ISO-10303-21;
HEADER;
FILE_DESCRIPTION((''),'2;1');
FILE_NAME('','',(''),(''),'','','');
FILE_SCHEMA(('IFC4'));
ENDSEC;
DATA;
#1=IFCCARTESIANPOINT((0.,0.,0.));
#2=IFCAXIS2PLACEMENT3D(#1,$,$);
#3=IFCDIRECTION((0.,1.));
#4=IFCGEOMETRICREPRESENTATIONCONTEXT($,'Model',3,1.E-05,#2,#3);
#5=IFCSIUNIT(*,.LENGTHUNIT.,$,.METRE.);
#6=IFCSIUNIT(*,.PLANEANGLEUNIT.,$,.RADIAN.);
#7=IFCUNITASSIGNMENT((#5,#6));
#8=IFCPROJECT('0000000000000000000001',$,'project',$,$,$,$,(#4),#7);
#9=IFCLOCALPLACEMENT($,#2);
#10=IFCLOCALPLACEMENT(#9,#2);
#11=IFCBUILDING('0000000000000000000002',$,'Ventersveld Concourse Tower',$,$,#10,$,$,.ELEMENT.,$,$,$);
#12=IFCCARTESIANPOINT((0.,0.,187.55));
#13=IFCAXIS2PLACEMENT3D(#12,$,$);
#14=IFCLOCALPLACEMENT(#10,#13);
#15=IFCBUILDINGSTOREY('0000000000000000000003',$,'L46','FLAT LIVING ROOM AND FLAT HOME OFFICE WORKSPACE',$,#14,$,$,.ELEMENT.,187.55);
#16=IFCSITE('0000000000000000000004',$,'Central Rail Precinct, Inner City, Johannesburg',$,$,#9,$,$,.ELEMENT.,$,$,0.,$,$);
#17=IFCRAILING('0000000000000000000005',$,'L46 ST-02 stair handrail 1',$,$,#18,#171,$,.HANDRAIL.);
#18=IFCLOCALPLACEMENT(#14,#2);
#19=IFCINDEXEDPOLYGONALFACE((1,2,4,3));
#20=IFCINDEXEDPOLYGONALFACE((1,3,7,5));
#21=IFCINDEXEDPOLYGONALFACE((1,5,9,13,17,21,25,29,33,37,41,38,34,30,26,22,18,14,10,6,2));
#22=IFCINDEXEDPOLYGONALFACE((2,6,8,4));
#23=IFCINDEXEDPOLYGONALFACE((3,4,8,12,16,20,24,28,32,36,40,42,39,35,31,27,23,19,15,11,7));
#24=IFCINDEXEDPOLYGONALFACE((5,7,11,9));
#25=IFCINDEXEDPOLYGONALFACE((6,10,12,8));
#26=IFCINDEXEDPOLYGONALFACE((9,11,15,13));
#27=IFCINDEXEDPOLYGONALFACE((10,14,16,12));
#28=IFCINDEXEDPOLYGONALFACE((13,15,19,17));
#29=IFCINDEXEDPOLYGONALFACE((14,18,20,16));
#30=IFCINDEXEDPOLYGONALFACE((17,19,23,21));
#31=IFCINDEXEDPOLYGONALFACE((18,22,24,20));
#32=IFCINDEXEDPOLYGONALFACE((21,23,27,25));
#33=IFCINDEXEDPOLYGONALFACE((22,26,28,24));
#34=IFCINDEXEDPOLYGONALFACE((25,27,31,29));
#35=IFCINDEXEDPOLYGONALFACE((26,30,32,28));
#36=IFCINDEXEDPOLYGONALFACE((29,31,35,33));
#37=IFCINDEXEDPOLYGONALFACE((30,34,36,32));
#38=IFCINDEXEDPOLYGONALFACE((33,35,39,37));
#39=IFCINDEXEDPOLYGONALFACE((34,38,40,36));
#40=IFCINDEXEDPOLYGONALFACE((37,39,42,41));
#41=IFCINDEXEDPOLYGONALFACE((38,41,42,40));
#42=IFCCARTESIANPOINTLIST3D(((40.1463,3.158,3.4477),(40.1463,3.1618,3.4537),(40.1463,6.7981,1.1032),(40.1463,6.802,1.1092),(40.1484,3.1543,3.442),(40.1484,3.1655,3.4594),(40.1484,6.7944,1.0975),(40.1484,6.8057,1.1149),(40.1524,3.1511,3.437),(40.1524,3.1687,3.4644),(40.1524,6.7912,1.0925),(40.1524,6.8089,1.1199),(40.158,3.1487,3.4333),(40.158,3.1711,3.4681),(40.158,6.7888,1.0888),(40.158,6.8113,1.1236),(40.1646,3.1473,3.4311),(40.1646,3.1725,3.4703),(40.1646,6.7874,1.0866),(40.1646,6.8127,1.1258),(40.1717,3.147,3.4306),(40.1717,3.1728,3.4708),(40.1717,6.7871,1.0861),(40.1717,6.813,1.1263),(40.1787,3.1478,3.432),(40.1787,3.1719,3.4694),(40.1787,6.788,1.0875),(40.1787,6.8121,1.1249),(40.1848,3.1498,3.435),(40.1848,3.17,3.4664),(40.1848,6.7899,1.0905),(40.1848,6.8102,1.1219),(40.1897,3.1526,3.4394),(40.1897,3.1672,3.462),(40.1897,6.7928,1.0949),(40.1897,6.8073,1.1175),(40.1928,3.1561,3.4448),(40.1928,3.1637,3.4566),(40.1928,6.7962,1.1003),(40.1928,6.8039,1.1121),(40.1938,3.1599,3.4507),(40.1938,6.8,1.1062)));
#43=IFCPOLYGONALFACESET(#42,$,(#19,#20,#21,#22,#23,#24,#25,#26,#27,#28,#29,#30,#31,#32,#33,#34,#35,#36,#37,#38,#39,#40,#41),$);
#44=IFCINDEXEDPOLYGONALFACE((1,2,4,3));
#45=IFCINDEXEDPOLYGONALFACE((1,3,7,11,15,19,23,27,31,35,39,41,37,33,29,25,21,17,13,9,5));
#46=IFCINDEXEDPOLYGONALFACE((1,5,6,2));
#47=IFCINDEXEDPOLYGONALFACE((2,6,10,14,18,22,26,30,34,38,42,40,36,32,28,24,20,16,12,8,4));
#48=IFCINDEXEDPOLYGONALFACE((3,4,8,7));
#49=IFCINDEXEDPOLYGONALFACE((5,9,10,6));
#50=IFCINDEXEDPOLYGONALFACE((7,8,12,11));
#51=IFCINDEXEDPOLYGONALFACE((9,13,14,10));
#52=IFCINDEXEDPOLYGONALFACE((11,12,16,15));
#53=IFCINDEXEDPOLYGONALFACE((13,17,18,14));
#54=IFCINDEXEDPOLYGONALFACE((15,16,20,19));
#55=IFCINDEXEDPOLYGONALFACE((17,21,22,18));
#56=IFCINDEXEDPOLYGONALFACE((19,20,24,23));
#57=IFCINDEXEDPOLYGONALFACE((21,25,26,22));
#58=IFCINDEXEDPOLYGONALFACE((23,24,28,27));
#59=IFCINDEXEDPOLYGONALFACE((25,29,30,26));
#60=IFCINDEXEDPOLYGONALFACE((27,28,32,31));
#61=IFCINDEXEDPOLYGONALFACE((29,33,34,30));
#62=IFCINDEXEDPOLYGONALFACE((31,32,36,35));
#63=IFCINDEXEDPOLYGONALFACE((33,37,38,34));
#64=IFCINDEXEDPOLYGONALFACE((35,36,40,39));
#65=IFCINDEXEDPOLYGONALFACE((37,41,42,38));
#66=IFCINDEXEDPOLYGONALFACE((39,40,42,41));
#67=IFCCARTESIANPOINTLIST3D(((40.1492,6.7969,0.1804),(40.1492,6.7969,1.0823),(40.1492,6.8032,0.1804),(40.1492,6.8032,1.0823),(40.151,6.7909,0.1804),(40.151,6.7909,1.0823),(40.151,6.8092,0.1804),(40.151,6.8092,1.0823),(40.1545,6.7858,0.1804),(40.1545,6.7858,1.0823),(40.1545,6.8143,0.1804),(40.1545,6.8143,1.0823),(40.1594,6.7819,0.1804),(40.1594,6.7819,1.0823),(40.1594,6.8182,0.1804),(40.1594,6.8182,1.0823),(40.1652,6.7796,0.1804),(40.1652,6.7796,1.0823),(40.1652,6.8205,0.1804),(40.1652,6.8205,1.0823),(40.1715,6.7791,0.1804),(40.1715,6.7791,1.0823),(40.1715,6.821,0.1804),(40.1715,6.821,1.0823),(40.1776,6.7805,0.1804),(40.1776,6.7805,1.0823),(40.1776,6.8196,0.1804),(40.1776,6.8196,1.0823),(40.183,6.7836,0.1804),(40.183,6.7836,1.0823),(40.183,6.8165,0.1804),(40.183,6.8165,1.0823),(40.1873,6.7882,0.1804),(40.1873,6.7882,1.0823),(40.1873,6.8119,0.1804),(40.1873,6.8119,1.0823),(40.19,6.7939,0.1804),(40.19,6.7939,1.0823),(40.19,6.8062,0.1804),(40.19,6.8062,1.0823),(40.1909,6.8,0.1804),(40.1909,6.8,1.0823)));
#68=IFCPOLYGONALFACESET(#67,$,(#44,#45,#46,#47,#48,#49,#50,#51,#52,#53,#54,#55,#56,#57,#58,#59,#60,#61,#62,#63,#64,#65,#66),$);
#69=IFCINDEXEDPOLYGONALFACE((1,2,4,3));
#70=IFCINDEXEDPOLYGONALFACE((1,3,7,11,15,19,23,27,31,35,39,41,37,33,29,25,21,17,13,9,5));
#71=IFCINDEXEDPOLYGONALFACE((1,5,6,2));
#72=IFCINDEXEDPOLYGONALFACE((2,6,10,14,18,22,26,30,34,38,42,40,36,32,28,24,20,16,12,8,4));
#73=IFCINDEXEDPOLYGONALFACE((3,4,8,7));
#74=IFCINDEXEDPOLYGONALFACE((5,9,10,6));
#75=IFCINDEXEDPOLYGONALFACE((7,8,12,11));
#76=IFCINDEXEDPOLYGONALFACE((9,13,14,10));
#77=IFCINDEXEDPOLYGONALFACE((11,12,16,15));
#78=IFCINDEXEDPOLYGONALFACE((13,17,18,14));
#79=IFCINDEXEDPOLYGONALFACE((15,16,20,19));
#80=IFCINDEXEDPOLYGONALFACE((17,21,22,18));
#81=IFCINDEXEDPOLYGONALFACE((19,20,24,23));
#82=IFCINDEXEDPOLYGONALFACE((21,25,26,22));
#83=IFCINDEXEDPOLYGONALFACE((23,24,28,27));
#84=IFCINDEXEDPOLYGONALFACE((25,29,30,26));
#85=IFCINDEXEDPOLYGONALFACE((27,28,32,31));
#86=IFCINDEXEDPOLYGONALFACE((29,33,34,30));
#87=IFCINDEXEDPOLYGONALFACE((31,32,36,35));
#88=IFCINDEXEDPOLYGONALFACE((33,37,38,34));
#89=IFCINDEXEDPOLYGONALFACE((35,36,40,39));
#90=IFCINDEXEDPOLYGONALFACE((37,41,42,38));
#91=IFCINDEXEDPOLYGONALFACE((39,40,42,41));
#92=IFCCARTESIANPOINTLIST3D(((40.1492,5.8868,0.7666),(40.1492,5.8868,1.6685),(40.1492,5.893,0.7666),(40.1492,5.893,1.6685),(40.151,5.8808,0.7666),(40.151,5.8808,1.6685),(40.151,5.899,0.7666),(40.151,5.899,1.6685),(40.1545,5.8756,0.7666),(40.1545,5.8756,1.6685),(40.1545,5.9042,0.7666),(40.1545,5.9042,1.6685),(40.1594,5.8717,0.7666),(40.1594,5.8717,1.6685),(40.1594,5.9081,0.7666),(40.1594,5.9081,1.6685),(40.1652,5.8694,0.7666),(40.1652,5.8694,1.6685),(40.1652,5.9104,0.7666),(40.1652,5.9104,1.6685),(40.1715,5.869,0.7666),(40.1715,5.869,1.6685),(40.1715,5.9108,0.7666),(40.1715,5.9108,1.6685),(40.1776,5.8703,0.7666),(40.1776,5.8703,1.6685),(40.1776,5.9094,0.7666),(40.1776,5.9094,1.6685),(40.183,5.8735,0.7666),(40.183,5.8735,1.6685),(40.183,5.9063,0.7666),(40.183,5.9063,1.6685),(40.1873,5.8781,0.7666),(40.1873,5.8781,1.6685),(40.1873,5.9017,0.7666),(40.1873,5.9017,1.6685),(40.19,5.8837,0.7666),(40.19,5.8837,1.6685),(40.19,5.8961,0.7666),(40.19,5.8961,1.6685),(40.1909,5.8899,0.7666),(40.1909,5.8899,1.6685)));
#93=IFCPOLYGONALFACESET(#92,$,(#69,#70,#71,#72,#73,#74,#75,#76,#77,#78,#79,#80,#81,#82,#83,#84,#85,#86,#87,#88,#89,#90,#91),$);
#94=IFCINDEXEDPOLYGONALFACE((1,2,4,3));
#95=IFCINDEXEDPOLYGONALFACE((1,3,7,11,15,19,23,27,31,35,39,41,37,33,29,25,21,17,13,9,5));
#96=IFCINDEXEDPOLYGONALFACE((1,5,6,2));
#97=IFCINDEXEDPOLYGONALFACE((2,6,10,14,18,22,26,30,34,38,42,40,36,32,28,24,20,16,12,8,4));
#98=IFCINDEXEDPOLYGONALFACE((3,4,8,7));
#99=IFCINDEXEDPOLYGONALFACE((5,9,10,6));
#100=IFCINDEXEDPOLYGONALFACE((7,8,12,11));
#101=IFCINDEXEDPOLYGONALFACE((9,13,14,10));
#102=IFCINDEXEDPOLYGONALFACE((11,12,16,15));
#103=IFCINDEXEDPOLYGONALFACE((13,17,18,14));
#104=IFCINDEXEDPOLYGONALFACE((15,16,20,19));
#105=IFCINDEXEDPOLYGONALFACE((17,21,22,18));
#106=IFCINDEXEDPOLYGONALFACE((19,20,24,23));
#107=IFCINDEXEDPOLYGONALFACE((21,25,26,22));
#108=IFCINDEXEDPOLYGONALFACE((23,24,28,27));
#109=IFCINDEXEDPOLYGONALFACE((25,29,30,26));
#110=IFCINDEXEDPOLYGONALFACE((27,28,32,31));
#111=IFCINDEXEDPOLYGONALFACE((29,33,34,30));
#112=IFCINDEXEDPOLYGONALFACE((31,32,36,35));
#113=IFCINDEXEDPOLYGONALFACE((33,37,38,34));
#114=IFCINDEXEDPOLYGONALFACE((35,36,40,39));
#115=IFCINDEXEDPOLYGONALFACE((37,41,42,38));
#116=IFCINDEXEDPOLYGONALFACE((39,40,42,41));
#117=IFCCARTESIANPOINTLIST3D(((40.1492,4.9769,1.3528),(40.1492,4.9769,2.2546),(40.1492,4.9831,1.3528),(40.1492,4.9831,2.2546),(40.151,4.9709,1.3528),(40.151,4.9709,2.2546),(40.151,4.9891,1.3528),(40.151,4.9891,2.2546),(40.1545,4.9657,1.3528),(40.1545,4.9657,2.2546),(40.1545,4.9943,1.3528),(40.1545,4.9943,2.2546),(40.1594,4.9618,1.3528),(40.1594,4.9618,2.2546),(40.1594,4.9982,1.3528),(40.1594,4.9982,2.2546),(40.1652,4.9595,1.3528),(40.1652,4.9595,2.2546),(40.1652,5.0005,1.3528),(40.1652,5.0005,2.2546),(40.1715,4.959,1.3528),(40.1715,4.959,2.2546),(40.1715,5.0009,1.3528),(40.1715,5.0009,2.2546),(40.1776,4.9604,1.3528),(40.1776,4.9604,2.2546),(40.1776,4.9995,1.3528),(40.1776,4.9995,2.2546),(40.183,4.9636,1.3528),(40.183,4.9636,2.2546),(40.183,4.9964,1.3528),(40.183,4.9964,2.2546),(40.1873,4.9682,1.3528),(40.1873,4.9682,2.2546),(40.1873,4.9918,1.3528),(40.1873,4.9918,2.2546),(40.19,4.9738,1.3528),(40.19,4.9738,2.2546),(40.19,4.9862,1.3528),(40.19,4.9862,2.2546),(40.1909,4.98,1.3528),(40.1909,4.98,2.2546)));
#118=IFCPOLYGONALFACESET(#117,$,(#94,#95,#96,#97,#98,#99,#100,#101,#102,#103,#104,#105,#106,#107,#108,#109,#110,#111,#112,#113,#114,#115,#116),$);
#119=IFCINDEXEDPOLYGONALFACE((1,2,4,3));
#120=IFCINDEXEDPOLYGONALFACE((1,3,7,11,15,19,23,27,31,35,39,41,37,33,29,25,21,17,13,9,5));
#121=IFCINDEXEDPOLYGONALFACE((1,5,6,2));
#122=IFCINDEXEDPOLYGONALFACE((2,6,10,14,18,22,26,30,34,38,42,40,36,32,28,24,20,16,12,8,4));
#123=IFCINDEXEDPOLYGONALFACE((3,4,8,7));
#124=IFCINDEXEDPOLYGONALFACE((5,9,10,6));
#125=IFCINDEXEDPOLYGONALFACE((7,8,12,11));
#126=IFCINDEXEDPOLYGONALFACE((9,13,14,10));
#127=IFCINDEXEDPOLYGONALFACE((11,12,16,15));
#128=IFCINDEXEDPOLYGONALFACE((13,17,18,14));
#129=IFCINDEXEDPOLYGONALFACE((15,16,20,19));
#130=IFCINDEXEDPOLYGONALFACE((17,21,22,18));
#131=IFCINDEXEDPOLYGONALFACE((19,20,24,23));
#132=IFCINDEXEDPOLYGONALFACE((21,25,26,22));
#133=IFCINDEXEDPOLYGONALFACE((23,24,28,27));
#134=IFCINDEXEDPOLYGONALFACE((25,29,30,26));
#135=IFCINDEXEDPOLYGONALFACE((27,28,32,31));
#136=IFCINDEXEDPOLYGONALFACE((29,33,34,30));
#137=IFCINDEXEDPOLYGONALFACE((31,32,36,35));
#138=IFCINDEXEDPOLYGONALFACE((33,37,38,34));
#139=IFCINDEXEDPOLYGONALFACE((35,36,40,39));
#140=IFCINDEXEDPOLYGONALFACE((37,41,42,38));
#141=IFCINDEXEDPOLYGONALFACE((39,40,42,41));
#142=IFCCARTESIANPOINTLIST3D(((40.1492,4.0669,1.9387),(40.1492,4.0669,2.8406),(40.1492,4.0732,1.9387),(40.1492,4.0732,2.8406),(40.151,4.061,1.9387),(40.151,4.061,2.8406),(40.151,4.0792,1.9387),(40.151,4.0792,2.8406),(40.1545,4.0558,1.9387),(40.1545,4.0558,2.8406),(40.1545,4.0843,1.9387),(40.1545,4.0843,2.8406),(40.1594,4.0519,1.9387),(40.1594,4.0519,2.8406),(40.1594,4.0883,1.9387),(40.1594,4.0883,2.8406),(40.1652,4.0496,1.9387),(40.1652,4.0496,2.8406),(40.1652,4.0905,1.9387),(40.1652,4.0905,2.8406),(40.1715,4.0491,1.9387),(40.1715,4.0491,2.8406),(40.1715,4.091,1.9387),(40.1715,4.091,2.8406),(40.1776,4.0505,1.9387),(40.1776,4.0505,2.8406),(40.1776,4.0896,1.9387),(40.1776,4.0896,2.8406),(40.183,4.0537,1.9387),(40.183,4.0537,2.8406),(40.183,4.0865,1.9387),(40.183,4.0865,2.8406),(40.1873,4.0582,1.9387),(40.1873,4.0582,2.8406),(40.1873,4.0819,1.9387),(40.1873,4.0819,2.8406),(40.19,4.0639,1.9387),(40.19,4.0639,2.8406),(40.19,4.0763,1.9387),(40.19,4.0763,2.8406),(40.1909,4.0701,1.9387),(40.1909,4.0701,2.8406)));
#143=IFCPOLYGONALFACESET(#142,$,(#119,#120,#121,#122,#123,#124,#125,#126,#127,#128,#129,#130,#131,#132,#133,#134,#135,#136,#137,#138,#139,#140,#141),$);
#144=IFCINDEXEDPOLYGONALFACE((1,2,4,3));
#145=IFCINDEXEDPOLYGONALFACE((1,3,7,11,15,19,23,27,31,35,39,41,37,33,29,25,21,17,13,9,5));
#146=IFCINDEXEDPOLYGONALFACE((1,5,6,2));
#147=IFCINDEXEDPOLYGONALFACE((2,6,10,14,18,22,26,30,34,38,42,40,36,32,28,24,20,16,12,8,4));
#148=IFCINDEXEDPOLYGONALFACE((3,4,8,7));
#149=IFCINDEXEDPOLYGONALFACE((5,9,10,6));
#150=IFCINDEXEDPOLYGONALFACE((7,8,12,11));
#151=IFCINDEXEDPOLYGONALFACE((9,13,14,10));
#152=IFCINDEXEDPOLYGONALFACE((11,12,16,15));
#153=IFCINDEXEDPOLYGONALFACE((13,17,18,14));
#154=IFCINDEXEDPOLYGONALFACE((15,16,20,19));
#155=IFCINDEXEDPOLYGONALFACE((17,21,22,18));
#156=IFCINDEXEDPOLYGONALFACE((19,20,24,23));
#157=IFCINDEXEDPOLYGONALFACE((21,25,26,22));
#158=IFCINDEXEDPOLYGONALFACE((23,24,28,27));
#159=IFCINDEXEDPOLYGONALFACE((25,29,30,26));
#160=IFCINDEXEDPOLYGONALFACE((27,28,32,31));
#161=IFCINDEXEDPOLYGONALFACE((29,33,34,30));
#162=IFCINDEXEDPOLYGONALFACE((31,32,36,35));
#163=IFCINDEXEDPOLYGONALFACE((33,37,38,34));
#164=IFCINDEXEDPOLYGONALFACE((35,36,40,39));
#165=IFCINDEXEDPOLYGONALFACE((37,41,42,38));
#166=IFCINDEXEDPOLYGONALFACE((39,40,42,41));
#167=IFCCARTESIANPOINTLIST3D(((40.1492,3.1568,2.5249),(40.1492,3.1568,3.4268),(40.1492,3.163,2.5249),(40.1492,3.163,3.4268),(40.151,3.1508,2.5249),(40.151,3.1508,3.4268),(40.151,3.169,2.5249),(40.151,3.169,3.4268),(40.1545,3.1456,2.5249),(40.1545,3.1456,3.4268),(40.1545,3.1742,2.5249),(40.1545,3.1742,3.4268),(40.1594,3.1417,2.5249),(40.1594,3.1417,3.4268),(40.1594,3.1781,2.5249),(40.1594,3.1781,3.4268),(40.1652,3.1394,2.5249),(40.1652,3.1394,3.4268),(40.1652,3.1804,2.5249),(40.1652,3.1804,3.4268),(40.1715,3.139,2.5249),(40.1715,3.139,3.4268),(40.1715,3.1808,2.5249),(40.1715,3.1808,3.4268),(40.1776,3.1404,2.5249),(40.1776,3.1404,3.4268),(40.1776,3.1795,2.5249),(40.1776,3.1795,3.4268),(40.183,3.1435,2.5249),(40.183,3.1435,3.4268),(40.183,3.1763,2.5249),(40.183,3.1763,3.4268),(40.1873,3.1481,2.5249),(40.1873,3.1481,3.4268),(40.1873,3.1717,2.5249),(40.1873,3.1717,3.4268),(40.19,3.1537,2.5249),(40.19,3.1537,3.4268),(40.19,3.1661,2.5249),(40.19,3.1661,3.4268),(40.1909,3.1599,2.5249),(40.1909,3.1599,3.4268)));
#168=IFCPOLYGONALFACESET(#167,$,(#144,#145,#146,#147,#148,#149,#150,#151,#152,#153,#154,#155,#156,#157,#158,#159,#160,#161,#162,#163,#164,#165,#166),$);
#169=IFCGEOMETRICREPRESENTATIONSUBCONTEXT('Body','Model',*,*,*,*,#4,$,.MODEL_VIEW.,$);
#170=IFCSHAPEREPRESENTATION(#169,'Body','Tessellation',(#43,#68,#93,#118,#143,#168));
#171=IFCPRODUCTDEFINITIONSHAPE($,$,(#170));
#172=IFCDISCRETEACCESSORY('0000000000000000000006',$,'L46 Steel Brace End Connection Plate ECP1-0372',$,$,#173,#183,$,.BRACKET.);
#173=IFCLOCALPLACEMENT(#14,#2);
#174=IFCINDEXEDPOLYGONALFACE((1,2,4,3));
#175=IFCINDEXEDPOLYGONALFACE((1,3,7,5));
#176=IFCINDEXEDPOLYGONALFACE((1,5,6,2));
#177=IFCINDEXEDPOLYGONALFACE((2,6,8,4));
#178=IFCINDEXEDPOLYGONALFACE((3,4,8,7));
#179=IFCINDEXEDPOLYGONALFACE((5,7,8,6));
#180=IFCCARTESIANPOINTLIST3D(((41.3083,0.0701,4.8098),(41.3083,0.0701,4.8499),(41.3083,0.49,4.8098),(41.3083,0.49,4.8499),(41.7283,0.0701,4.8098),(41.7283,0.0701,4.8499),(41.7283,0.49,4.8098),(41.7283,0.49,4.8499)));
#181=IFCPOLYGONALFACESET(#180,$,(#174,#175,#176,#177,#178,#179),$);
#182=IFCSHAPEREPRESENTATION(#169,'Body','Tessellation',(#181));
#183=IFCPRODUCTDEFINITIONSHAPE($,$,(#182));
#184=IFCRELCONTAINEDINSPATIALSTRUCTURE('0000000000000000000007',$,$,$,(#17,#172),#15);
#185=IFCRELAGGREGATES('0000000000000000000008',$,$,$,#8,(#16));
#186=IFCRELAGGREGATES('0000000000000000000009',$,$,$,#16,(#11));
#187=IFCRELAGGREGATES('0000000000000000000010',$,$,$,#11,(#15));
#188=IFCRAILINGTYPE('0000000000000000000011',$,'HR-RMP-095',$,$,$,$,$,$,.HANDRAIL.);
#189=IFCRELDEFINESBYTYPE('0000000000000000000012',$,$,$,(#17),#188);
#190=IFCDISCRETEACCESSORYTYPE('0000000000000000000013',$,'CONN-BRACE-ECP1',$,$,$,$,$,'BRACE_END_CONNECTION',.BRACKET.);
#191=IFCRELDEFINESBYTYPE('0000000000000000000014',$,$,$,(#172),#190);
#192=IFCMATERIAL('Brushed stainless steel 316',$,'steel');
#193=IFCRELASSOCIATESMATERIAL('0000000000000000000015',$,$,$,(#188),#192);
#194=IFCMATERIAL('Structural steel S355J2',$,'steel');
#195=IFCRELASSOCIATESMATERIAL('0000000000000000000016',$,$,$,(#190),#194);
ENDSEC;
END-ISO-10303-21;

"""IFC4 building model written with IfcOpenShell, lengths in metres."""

from ifc_helpers import new_model, si_unit, direction, frame, origin, origin_2d, place, context, subcontext, project, spatial, rectangle, circle, extrude, material, type_object, element, save


model = new_model("IFC4")

# Units and contexts
model_context = context("Model", 3, precision=1e-05, world=origin(), true_north=direction((0.0, 1.0)))
body_context = subcontext(model_context, "Body", "Model", "MODEL_VIEW")
ifc_project = project(units=[si_unit("LENGTHUNIT", "METRE"), si_unit("PLANEANGLEUNIT", "RADIAN")], contexts=[model_context])

# Site, building, storey
site_placement = place(None, origin())
site = spatial("IfcSite", under=ifc_project, at=site_placement, Name="Central Rail Precinct, Inner City, Johannesburg", CompositionType="ELEMENT", RefElevation=0.0)
building_placement = place(site_placement, origin())
building = spatial("IfcBuilding", under=site, at=building_placement, Name="Ventersveld Concourse Tower", CompositionType="ELEMENT")
storey_placement = place(building_placement, frame((0.0, 0.0, 187.55)))
storey = spatial("IfcBuildingStorey", under=building, at=storey_placement, Name="L46", Description="FLAT LIVING ROOM AND FLAT HOME OFFICE WORKSPACE", CompositionType="ELEMENT", Elevation=187.55)

# Shared definitions
ifc_material_1 = material(Name="Brushed stainless steel 316", Category="steel")

# Railing
railing_type_1 = type_object("IfcRailingType", Name="HR-RMP-095", PredefinedType="HANDRAIL", material=ifc_material_1)
railing_1_placement = place(storey_placement, frame((40.1699, 6.8, 0.1804)))
element("IfcRailing", 1, at=railing_1_placement, inside=storey, type_object=railing_type_1, Name="L46 ST-02 stair handrail 1", PredefinedType="HANDRAIL", context=body_context, shape_type="SweptSolid", body=[
    extrude(circle(Radius=0.0239, at=origin_2d()), frame((0.0, 0.0, 0.9258), z_axis=(0.0, -0.840716, 0.541476), x_axis=(1.0, 0.0, 0.0)), (0.0, 0.0, 1.0), 4.3298),
    extrude(circle(Radius=0.021, at=origin_2d()), origin(), (0.0, 0.0, 1.0), 0.9019),
    extrude(circle(Radius=0.021, at=origin_2d()), frame((0.0, -0.9102, 0.5862)), (0.0, 0.0, 1.0), 0.9019),
    extrude(circle(Radius=0.021, at=origin_2d()), frame((0.0, -1.8201, 1.1724)), (0.0, 0.0, 1.0), 0.9019),
    extrude(circle(Radius=0.021, at=origin_2d()), frame((0.0, -2.73, 1.7583)), (0.0, 0.0, 1.0), 0.9019),
    extrude(circle(Radius=0.021, at=origin_2d()), frame((0.0, -3.6401, 2.3445)), (0.0, 0.0, 1.0), 0.9019),
])

# Discrete accessory
ifc_material_2 = material(Name="Structural steel S355J2", Category="steel")
discrete_accessory_type = type_object("IfcDiscreteAccessoryType", Name="CONN-BRACE-ECP1", ElementType="BRACE_END_CONNECTION", PredefinedType="BRACKET", material=ifc_material_2)
discrete_accessory_placement = place(storey_placement, frame((41.5183, 0.28, 4.8098), z_axis=(0.0, 0.0, 1.0), x_axis=(1.0, 0.0, 0.0)))
element("IfcDiscreteAccessory", 2, at=discrete_accessory_placement, inside=storey, type_object=discrete_accessory_type, Name="L46 Steel Brace End Connection Plate ECP1-0372", PredefinedType="BRACKET", context=body_context, shape_type="SweptSolid", body=[
    extrude(rectangle(XDim=0.4199, YDim=0.4199, at=origin_2d()), origin(), (0.0, 0.0, 1.0), 0.04),
])

save(model, "model.ifc")
